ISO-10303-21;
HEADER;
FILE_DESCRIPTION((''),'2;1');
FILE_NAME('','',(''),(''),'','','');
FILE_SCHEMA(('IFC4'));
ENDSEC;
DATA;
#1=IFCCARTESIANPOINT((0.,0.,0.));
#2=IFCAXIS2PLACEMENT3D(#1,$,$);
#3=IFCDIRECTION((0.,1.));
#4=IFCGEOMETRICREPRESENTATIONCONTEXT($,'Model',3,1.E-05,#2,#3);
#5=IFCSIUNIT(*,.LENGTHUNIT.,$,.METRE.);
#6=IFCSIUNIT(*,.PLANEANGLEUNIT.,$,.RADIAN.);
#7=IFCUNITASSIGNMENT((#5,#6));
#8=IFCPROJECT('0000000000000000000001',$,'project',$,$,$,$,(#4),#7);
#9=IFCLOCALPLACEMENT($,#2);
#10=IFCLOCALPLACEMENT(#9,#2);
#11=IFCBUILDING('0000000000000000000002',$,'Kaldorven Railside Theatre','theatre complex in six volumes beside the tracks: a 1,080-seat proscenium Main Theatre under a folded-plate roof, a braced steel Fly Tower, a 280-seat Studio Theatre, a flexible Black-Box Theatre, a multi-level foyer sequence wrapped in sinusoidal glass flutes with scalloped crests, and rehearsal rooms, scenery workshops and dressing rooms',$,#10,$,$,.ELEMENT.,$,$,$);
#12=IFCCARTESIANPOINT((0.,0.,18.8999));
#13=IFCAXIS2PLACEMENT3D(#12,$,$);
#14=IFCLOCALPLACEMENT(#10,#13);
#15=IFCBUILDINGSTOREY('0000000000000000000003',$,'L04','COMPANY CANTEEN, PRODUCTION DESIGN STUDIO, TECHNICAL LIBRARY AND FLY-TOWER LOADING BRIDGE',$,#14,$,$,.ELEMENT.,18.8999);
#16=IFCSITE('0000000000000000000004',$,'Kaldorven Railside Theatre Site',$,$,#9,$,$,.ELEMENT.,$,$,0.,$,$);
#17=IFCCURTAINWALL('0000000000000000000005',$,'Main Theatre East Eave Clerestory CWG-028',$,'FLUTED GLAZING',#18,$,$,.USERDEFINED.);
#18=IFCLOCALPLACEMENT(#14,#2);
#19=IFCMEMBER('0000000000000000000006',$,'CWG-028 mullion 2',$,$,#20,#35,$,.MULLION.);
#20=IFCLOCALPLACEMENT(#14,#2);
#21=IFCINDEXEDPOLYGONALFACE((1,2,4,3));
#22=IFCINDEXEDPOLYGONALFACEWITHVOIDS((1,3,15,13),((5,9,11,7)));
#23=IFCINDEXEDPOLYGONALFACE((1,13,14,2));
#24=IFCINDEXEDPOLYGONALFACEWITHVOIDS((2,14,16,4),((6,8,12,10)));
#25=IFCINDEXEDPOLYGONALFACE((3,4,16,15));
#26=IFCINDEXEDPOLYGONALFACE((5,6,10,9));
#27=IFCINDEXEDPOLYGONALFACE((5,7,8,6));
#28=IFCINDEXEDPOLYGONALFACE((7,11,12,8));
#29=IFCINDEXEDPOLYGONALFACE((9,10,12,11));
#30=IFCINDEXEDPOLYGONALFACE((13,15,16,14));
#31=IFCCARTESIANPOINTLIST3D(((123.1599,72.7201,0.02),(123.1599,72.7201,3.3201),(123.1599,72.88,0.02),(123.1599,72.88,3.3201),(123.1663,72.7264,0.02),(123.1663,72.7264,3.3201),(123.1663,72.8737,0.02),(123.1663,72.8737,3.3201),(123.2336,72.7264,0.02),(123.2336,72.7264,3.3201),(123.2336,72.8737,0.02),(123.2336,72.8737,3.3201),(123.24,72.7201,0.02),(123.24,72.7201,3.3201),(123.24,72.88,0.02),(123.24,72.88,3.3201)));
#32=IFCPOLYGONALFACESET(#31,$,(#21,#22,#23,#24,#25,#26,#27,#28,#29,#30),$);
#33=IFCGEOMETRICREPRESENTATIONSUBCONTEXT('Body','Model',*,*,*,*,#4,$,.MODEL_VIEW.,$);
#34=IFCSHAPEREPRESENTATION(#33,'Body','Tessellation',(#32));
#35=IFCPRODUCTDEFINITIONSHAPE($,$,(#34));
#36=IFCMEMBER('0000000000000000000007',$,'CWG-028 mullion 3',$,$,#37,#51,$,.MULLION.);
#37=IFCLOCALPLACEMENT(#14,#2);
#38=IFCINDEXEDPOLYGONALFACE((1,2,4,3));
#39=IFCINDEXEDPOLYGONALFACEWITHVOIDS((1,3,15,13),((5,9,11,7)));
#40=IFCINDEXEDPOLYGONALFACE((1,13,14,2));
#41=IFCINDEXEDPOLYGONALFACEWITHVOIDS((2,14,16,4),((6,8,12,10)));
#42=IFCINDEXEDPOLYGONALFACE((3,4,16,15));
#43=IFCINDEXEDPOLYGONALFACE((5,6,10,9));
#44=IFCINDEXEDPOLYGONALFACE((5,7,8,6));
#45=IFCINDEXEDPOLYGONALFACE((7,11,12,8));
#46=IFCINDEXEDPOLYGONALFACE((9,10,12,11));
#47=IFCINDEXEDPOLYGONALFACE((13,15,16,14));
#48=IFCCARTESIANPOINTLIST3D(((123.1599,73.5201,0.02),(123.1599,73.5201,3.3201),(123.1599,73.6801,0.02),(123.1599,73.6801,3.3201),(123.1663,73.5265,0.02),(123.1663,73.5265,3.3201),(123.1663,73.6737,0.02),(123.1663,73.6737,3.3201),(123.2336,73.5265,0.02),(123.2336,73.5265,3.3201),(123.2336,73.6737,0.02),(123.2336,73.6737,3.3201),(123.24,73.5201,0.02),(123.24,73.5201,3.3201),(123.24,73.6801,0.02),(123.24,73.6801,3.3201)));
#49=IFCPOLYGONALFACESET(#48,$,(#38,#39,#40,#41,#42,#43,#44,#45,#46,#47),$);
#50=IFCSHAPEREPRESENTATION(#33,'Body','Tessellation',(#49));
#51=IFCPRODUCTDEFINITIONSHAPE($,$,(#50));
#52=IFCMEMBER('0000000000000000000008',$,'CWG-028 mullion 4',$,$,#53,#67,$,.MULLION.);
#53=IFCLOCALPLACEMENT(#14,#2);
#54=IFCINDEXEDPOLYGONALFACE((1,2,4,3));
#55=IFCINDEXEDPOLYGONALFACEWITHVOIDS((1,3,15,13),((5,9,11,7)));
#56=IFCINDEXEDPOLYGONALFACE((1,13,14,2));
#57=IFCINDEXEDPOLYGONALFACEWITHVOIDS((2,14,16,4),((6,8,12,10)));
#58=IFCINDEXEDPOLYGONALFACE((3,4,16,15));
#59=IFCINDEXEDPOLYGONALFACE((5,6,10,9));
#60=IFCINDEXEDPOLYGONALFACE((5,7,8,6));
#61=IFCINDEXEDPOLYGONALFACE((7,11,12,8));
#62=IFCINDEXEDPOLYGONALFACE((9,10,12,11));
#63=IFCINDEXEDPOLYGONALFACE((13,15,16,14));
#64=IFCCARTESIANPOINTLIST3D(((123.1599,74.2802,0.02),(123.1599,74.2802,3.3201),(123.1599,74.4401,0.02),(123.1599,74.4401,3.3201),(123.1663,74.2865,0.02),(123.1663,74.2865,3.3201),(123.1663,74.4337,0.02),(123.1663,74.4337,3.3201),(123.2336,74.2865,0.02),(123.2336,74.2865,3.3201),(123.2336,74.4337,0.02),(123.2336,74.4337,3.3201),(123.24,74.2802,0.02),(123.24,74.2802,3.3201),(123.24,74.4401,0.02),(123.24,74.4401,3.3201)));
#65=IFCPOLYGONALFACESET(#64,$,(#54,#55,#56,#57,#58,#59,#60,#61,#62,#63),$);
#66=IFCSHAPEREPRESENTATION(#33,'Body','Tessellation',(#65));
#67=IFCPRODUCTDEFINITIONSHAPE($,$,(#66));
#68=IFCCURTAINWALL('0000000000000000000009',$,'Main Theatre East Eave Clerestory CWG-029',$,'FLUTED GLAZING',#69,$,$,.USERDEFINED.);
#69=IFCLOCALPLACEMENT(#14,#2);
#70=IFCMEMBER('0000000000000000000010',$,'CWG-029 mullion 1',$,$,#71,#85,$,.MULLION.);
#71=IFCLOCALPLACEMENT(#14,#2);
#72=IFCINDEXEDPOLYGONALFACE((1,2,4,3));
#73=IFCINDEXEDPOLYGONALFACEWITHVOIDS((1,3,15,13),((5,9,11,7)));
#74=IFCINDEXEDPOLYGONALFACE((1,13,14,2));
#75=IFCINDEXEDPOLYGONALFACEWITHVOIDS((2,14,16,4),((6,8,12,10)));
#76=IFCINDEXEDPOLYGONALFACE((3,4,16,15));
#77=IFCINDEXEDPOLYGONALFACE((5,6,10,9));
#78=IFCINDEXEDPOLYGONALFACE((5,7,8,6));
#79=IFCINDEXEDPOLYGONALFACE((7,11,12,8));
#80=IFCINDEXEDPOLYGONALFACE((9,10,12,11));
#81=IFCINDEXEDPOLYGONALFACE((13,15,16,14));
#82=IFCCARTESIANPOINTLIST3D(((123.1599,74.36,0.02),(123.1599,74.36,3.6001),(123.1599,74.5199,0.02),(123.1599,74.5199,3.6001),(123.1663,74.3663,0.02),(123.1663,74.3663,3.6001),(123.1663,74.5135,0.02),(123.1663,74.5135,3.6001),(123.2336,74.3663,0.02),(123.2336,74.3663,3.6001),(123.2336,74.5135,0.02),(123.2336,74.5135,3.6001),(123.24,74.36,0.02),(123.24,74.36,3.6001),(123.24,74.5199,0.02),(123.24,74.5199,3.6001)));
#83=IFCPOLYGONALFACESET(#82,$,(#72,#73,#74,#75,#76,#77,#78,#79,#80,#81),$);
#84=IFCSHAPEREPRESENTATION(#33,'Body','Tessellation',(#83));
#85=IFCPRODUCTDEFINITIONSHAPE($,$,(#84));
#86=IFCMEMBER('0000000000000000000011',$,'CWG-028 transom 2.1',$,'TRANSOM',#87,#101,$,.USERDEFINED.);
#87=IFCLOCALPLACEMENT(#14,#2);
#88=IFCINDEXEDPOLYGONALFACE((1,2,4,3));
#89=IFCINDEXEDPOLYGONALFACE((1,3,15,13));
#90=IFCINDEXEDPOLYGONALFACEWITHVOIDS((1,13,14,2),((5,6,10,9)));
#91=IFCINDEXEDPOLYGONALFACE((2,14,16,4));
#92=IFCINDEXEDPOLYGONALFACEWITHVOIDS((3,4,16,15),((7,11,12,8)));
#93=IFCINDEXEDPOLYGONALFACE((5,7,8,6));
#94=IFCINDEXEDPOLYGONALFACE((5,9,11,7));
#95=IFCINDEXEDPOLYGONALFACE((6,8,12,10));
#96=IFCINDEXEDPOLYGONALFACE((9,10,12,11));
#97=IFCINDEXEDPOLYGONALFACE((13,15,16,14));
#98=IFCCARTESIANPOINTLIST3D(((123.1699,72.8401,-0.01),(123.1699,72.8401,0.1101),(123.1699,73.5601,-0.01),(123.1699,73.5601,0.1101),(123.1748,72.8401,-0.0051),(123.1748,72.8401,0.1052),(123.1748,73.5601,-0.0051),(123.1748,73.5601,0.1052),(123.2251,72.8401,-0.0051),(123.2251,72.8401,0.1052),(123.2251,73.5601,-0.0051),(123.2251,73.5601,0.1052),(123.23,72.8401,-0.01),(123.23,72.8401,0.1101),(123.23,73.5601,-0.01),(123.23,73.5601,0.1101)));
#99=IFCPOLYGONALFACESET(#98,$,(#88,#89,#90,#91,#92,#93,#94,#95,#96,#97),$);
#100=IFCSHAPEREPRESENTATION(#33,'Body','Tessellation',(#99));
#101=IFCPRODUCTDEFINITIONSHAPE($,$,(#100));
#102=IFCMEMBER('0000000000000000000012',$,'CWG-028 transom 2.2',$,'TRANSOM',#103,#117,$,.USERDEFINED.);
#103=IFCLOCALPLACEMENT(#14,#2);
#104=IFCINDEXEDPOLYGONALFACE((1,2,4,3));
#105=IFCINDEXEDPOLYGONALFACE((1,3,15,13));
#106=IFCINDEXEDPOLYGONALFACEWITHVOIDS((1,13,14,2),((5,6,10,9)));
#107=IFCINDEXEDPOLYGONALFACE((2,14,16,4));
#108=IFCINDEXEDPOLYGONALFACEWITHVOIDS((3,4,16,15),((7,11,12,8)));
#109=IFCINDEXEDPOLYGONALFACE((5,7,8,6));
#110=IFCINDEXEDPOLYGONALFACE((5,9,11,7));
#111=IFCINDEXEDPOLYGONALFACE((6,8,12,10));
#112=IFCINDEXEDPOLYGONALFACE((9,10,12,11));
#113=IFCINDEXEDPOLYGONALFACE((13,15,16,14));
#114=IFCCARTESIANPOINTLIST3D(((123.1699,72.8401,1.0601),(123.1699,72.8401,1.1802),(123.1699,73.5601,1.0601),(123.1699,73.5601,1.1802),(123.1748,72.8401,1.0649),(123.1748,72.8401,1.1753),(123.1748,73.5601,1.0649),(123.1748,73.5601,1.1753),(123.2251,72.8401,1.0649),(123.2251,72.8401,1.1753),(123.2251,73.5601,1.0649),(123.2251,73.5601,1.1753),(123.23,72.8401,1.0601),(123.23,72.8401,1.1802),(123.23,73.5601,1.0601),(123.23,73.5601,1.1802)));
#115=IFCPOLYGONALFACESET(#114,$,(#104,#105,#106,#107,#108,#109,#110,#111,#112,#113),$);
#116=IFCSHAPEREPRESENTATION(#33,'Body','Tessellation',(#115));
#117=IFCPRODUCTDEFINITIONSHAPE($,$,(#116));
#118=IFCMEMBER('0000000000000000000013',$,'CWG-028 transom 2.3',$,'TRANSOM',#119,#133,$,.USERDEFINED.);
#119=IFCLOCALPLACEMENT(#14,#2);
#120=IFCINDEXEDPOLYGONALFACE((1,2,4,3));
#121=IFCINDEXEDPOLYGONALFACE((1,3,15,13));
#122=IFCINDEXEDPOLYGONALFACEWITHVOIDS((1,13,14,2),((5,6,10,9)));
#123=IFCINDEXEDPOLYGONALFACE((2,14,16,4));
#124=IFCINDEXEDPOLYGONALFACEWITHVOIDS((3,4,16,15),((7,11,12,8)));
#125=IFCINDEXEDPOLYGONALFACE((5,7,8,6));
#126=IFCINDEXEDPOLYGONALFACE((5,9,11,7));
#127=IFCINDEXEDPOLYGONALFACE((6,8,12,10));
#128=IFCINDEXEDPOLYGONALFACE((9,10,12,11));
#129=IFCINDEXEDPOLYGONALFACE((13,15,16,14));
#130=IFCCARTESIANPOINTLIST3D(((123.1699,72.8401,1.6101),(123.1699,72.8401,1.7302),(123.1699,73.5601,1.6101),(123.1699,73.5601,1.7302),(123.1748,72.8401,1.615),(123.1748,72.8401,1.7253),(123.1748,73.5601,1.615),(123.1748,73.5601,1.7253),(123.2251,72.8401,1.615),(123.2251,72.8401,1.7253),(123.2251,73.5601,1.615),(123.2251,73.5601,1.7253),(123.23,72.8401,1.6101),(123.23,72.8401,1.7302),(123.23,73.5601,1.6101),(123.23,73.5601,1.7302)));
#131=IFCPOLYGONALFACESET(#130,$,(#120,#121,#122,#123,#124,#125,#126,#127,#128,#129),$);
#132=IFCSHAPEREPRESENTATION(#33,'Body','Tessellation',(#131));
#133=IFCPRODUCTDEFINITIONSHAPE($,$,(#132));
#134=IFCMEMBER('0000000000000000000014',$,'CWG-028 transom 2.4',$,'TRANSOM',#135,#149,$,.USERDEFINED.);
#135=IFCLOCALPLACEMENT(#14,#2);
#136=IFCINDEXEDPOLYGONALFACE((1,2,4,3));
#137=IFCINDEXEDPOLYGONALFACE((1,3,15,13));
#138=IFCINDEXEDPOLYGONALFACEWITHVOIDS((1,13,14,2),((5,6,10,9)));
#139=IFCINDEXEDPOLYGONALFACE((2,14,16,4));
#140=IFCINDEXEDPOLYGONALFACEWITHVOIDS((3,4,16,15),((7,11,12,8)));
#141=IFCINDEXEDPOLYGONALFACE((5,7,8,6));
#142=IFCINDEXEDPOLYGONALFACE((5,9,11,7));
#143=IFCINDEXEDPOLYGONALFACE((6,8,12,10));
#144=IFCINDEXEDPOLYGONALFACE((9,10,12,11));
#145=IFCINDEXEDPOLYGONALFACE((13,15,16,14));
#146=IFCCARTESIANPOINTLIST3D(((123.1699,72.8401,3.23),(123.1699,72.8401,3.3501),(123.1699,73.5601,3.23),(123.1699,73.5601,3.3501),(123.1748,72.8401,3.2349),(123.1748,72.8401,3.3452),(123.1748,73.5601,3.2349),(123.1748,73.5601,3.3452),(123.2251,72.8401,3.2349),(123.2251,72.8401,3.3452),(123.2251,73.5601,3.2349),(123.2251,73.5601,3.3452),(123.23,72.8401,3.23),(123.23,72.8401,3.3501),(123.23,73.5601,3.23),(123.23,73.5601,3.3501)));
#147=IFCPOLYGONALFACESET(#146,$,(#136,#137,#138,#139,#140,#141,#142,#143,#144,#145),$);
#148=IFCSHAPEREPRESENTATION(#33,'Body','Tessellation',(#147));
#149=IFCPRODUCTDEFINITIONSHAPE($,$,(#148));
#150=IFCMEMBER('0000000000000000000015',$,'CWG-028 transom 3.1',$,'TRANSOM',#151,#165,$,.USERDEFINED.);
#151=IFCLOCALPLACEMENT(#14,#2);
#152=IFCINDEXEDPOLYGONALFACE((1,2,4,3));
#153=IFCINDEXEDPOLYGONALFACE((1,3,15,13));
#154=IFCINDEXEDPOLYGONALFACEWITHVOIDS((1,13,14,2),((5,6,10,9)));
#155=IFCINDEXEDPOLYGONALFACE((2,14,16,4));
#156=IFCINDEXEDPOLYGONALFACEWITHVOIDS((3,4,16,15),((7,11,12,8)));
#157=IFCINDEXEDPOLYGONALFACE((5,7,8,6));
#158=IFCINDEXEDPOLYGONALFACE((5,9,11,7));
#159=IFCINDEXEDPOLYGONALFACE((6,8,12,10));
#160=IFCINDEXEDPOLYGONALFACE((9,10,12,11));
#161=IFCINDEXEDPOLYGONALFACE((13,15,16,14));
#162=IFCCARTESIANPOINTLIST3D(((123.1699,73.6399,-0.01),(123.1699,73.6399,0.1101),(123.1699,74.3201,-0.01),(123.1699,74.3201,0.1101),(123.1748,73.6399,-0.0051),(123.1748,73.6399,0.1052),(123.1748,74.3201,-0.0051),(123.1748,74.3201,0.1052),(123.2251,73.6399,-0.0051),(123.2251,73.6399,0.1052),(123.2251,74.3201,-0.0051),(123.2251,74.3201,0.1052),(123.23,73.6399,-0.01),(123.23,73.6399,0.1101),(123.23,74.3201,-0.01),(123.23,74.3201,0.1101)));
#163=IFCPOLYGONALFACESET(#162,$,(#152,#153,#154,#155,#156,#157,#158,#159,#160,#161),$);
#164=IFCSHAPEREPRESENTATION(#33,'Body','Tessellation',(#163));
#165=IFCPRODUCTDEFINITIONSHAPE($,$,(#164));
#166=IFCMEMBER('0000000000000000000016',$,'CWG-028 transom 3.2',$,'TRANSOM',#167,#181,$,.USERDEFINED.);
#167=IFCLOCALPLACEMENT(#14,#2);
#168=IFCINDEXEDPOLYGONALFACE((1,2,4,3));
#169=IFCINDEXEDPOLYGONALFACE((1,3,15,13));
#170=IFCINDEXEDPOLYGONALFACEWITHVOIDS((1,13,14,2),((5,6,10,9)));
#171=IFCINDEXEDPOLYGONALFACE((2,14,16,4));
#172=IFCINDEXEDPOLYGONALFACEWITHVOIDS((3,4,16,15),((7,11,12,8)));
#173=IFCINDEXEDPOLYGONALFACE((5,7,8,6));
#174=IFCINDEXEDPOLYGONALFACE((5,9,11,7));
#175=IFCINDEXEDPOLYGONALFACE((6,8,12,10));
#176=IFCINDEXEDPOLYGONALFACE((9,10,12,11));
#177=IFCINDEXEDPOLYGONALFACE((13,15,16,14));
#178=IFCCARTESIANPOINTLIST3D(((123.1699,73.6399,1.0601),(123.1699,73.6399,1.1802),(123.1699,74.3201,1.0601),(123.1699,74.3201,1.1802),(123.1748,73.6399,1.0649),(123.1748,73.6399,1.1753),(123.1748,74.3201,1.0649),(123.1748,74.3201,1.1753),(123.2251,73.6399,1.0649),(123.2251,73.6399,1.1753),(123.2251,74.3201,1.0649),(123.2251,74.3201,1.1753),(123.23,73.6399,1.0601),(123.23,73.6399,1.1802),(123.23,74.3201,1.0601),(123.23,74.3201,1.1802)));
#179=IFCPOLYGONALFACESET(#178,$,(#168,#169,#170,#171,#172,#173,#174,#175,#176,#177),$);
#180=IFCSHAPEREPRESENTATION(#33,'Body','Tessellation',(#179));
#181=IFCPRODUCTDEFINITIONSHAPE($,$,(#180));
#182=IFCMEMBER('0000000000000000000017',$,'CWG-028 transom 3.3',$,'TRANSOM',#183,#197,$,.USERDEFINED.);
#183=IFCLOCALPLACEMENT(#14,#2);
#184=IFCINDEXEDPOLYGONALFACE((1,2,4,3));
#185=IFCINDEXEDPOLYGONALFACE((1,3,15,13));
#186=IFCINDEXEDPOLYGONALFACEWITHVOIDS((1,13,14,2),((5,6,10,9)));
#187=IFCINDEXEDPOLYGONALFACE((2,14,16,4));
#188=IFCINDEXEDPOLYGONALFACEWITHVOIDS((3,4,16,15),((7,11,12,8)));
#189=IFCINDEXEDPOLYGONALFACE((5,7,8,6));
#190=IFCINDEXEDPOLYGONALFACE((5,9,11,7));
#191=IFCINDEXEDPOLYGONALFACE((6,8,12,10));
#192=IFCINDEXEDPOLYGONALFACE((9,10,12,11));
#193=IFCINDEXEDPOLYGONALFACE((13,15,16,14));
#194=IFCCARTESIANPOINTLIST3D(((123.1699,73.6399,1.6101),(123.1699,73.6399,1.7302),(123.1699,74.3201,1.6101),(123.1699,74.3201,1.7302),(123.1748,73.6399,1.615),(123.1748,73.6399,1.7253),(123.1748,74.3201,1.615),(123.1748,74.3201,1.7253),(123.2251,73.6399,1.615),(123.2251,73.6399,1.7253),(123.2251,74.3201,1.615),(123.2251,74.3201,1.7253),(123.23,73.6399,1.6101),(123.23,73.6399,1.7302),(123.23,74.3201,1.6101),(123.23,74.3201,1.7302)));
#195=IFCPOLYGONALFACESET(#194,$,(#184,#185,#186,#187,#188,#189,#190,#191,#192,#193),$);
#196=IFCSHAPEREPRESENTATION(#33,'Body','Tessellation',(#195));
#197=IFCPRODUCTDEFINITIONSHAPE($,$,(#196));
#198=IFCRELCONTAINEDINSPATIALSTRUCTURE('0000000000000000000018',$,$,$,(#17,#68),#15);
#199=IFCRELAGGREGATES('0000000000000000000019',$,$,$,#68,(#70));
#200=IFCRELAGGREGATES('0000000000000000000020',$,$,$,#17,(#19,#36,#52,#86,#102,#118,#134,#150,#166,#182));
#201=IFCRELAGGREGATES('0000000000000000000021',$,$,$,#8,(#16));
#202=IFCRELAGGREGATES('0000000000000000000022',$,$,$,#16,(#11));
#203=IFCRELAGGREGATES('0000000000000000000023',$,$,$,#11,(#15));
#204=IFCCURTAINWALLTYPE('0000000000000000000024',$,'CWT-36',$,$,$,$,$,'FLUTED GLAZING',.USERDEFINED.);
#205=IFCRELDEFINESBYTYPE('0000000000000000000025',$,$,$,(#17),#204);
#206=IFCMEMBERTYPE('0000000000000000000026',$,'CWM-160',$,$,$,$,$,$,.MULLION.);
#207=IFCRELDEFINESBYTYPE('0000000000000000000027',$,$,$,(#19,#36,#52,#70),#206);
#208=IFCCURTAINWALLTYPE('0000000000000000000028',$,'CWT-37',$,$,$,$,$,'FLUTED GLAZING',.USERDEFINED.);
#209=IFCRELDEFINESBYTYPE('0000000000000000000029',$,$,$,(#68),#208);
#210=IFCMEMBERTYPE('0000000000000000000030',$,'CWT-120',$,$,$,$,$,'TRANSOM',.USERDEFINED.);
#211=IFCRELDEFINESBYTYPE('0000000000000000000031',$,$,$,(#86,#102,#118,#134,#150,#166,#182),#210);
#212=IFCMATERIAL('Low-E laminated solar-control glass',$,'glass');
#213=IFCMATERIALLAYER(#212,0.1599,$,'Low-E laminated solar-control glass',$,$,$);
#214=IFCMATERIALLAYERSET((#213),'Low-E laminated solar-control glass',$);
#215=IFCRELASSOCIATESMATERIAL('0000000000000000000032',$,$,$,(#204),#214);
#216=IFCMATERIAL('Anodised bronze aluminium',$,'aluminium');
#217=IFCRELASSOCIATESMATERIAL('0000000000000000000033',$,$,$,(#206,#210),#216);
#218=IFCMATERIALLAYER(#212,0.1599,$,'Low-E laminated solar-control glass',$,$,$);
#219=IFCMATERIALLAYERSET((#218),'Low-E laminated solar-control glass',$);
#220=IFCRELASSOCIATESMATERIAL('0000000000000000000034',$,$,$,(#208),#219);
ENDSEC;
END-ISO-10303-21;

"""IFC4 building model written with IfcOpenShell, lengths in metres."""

from ifc_helpers import new_model, si_unit, direction, frame, origin, origin_2d, place, context, subcontext, project, spatial, hollow_rectangle, extrude, material, layer, layer_set, material_profile, profile_set, type_object, element, aggregate, save


model = new_model("IFC4")

# Units and contexts
model_context = context("Model", 3, precision=1e-05, world=origin(), true_north=direction((0.0, 1.0)))
body_context = subcontext(model_context, "Body", "Model", "MODEL_VIEW")
ifc_project = project(units=[si_unit("LENGTHUNIT", "METRE"), si_unit("PLANEANGLEUNIT", "RADIAN")], contexts=[model_context])

# Site, building, storey
site_placement = place(None, origin())
site = spatial("IfcSite", under=ifc_project, at=site_placement, Name="Kaldorven Railside Theatre Site", CompositionType="ELEMENT", RefElevation=0.0)
building_placement = place(site_placement, origin())
building = spatial("IfcBuilding", under=site, at=building_placement, Name="Kaldorven Railside Theatre", Description="theatre complex in six volumes beside the tracks: a 1,080-seat proscenium Main Theatre under a folded-plate roof, a braced steel Fly Tower, a 280-seat Studio Theatre, a flexible Black-Box Theatre, a multi-level foyer sequence wrapped in sinusoidal glass flutes with scalloped crests, and rehearsal rooms, scenery workshops and dressing rooms", CompositionType="ELEMENT")
storey_placement = place(building_placement, frame((0.0, 0.0, 18.8999)))
storey = spatial("IfcBuildingStorey", under=building, at=storey_placement, Name="L04", Description="COMPANY CANTEEN, PRODUCTION DESIGN STUDIO, TECHNICAL LIBRARY AND FLY-TOWER LOADING BRIDGE", CompositionType="ELEMENT", Elevation=18.8999)

# Curtain wall, members
ifc_material_1 = material(Name="Low-E laminated solar-control glass", Category="glass")
ifc_layer_1 = layer(ifc_material_1, 0.1599, Name="Low-E laminated solar-control glass")
ifc_layer_set_1 = layer_set([ifc_layer_1], Name="Low-E laminated solar-control glass")
curtain_wall_type_1 = type_object("IfcCurtainWallType", Name="CWT-36", ElementType="FLUTED GLAZING", PredefinedType="USERDEFINED", material=ifc_layer_set_1)
curtain_wall_1_placement = place(storey_placement, origin())
curtain_wall_1 = element("IfcCurtainWall", 1, at=curtain_wall_1_placement, inside=storey, type_object=curtain_wall_type_1, Name="Main Theatre East Eave Clerestory CWG-028", ObjectType="FLUTED GLAZING", PredefinedType="USERDEFINED")
ifc_material_2 = material(Name="Anodised bronze aluminium", Category="aluminium")
ifc_material_profile_1 = material_profile(ifc_material_2, hollow_rectangle(XDim=0.0801, YDim=0.1599, WallThickness=0.0063, at=origin_2d()), Name="RHS 160x80x6.3")
ifc_profile_set_1 = profile_set([ifc_material_profile_1], Name="Anodised bronze aluminium")
member_type_1 = type_object("IfcMemberType", Name="CWM-160", PredefinedType="MULLION", material=ifc_profile_set_1)
member_1_placement = place(storey_placement, frame((123.2, 72.8, 0.02), z_axis=(0.0, 0.0, 1.0), x_axis=(-1.0, 0.0, 0.0)))
member_1 = element("IfcMember", 2, at=member_1_placement, type_object=member_type_1, Name="CWG-028 mullion 2", PredefinedType="MULLION", context=body_context, shape_type="SweptSolid", body=[
    extrude(hollow_rectangle(XDim=0.0801, YDim=0.1599, WallThickness=0.0063, at=origin_2d()), origin(), (0.0, 0.0, 1.0), 3.3),
])
member_2_placement = place(storey_placement, frame((123.2, 73.6001, 0.02), z_axis=(0.0, 0.0, 1.0), x_axis=(-1.0, 0.0, 0.0)))
member_2 = element("IfcMember", 3, at=member_2_placement, type_object=member_type_1, Name="CWG-028 mullion 3", PredefinedType="MULLION", context=body_context, shape_type="SweptSolid", body=[
    extrude(hollow_rectangle(XDim=0.0801, YDim=0.1599, WallThickness=0.0063, at=origin_2d()), origin(), (0.0, 0.0, 1.0), 3.3),
])
member_3_placement = place(storey_placement, frame((123.2, 74.3601, 0.02), z_axis=(0.0, 0.0, 1.0), x_axis=(-1.0, 0.0, 0.0)))
member_3 = element("IfcMember", 4, at=member_3_placement, type_object=member_type_1, Name="CWG-028 mullion 4", PredefinedType="MULLION", context=body_context, shape_type="SweptSolid", body=[
    extrude(hollow_rectangle(XDim=0.0801, YDim=0.1599, WallThickness=0.0063, at=origin_2d()), origin(), (0.0, 0.0, 1.0), 3.3),
])

# Curtain wall, member
ifc_layer_2 = layer(ifc_material_1, 0.1599, Name="Low-E laminated solar-control glass")
ifc_layer_set_2 = layer_set([ifc_layer_2], Name="Low-E laminated solar-control glass")
curtain_wall_type_2 = type_object("IfcCurtainWallType", Name="CWT-37", ElementType="FLUTED GLAZING", PredefinedType="USERDEFINED", material=ifc_layer_set_2)
curtain_wall_2_placement = place(storey_placement, origin())
curtain_wall_2 = element("IfcCurtainWall", 5, at=curtain_wall_2_placement, inside=storey, type_object=curtain_wall_type_2, Name="Main Theatre East Eave Clerestory CWG-029", ObjectType="FLUTED GLAZING", PredefinedType="USERDEFINED")
member_4_placement = place(storey_placement, frame((123.2, 74.4399, 0.02), z_axis=(0.0, 0.0, 1.0), x_axis=(-1.0, 0.0, 0.0)))
member_4 = element("IfcMember", 6, at=member_4_placement, type_object=member_type_1, Name="CWG-029 mullion 1", PredefinedType="MULLION", context=body_context, shape_type="SweptSolid", body=[
    extrude(hollow_rectangle(XDim=0.0801, YDim=0.1599, WallThickness=0.0063, at=origin_2d()), origin(), (0.0, 0.0, 1.0), 3.5801),
])
aggregate(curtain_wall_2, [member_4])

# Members
ifc_material_profile_2 = material_profile(ifc_material_2, hollow_rectangle(XDim=0.0601, YDim=0.1201, WallThickness=0.0049, at=origin_2d()), Name="RHS 120x60x5")
ifc_profile_set_2 = profile_set([ifc_material_profile_2], Name="Anodised bronze aluminium")
member_type_2 = type_object("IfcMemberType", Name="CWT-120", ElementType="TRANSOM", PredefinedType="USERDEFINED", material=ifc_profile_set_2)
member_5_placement = place(storey_placement, frame((123.2, 72.8401, 0.05), z_axis=(0.0, 1.0, 0.0), x_axis=(-1.0, 0.0, 0.0)))
member_5 = element("IfcMember", 7, at=member_5_placement, type_object=member_type_2, Name="CWG-028 transom 2.1", ObjectType="TRANSOM", PredefinedType="USERDEFINED", context=body_context, shape_type="SweptSolid", body=[
    extrude(hollow_rectangle(XDim=0.0601, YDim=0.1201, WallThickness=0.0049, at=origin_2d()), origin(), (0.0, 0.0, 1.0), 0.72),
])
member_6_placement = place(storey_placement, frame((123.2, 72.8401, 1.1201), z_axis=(0.0, 1.0, 0.0), x_axis=(-1.0, 0.0, 0.0)))
member_6 = element("IfcMember", 8, at=member_6_placement, type_object=member_type_2, Name="CWG-028 transom 2.2", ObjectType="TRANSOM", PredefinedType="USERDEFINED", context=body_context, shape_type="SweptSolid", body=[
    extrude(hollow_rectangle(XDim=0.0601, YDim=0.1201, WallThickness=0.0049, at=origin_2d()), origin(), (0.0, 0.0, 1.0), 0.72),
])
member_7_placement = place(storey_placement, frame((123.2, 72.8401, 1.6702), z_axis=(0.0, 1.0, 0.0), x_axis=(-1.0, 0.0, 0.0)))
member_7 = element("IfcMember", 9, at=member_7_placement, type_object=member_type_2, Name="CWG-028 transom 2.3", ObjectType="TRANSOM", PredefinedType="USERDEFINED", context=body_context, shape_type="SweptSolid", body=[
    extrude(hollow_rectangle(XDim=0.0601, YDim=0.1201, WallThickness=0.0049, at=origin_2d()), origin(), (0.0, 0.0, 1.0), 0.72),
])
member_8_placement = place(storey_placement, frame((123.2, 72.8401, 3.29), z_axis=(0.0, 1.0, 0.0), x_axis=(-1.0, 0.0, 0.0)))
member_8 = element("IfcMember", 10, at=member_8_placement, type_object=member_type_2, Name="CWG-028 transom 2.4", ObjectType="TRANSOM", PredefinedType="USERDEFINED", context=body_context, shape_type="SweptSolid", body=[
    extrude(hollow_rectangle(XDim=0.0601, YDim=0.1201, WallThickness=0.0049, at=origin_2d()), origin(), (0.0, 0.0, 1.0), 0.72),
])
member_9_placement = place(storey_placement, frame((123.2, 73.6399, 0.05), z_axis=(0.0, 1.0, 0.0), x_axis=(-1.0, 0.0, 0.0)))
member_9 = element("IfcMember", 11, at=member_9_placement, type_object=member_type_2, Name="CWG-028 transom 3.1", ObjectType="TRANSOM", PredefinedType="USERDEFINED", context=body_context, shape_type="SweptSolid", body=[
    extrude(hollow_rectangle(XDim=0.0601, YDim=0.1201, WallThickness=0.0049, at=origin_2d()), origin(), (0.0, 0.0, 1.0), 0.6802),
])
member_10_placement = place(storey_placement, frame((123.2, 73.6399, 1.1201), z_axis=(0.0, 1.0, 0.0), x_axis=(-1.0, 0.0, 0.0)))
member_10 = element("IfcMember", 12, at=member_10_placement, type_object=member_type_2, Name="CWG-028 transom 3.2", ObjectType="TRANSOM", PredefinedType="USERDEFINED", context=body_context, shape_type="SweptSolid", body=[
    extrude(hollow_rectangle(XDim=0.0601, YDim=0.1201, WallThickness=0.0049, at=origin_2d()), origin(), (0.0, 0.0, 1.0), 0.6802),
])
member_11_placement = place(storey_placement, frame((123.2, 73.6399, 1.6702), z_axis=(0.0, 1.0, 0.0), x_axis=(-1.0, 0.0, 0.0)))
member_11 = element("IfcMember", 13, at=member_11_placement, type_object=member_type_2, Name="CWG-028 transom 3.3", ObjectType="TRANSOM", PredefinedType="USERDEFINED", context=body_context, shape_type="SweptSolid", body=[
    extrude(hollow_rectangle(XDim=0.0601, YDim=0.1201, WallThickness=0.0049, at=origin_2d()), origin(), (0.0, 0.0, 1.0), 0.6802),
])

aggregate(curtain_wall_1, [member_1, member_2, member_3, member_5, member_6, member_7, member_8, member_9, member_10, member_11])

save(model, "model.ifc")
